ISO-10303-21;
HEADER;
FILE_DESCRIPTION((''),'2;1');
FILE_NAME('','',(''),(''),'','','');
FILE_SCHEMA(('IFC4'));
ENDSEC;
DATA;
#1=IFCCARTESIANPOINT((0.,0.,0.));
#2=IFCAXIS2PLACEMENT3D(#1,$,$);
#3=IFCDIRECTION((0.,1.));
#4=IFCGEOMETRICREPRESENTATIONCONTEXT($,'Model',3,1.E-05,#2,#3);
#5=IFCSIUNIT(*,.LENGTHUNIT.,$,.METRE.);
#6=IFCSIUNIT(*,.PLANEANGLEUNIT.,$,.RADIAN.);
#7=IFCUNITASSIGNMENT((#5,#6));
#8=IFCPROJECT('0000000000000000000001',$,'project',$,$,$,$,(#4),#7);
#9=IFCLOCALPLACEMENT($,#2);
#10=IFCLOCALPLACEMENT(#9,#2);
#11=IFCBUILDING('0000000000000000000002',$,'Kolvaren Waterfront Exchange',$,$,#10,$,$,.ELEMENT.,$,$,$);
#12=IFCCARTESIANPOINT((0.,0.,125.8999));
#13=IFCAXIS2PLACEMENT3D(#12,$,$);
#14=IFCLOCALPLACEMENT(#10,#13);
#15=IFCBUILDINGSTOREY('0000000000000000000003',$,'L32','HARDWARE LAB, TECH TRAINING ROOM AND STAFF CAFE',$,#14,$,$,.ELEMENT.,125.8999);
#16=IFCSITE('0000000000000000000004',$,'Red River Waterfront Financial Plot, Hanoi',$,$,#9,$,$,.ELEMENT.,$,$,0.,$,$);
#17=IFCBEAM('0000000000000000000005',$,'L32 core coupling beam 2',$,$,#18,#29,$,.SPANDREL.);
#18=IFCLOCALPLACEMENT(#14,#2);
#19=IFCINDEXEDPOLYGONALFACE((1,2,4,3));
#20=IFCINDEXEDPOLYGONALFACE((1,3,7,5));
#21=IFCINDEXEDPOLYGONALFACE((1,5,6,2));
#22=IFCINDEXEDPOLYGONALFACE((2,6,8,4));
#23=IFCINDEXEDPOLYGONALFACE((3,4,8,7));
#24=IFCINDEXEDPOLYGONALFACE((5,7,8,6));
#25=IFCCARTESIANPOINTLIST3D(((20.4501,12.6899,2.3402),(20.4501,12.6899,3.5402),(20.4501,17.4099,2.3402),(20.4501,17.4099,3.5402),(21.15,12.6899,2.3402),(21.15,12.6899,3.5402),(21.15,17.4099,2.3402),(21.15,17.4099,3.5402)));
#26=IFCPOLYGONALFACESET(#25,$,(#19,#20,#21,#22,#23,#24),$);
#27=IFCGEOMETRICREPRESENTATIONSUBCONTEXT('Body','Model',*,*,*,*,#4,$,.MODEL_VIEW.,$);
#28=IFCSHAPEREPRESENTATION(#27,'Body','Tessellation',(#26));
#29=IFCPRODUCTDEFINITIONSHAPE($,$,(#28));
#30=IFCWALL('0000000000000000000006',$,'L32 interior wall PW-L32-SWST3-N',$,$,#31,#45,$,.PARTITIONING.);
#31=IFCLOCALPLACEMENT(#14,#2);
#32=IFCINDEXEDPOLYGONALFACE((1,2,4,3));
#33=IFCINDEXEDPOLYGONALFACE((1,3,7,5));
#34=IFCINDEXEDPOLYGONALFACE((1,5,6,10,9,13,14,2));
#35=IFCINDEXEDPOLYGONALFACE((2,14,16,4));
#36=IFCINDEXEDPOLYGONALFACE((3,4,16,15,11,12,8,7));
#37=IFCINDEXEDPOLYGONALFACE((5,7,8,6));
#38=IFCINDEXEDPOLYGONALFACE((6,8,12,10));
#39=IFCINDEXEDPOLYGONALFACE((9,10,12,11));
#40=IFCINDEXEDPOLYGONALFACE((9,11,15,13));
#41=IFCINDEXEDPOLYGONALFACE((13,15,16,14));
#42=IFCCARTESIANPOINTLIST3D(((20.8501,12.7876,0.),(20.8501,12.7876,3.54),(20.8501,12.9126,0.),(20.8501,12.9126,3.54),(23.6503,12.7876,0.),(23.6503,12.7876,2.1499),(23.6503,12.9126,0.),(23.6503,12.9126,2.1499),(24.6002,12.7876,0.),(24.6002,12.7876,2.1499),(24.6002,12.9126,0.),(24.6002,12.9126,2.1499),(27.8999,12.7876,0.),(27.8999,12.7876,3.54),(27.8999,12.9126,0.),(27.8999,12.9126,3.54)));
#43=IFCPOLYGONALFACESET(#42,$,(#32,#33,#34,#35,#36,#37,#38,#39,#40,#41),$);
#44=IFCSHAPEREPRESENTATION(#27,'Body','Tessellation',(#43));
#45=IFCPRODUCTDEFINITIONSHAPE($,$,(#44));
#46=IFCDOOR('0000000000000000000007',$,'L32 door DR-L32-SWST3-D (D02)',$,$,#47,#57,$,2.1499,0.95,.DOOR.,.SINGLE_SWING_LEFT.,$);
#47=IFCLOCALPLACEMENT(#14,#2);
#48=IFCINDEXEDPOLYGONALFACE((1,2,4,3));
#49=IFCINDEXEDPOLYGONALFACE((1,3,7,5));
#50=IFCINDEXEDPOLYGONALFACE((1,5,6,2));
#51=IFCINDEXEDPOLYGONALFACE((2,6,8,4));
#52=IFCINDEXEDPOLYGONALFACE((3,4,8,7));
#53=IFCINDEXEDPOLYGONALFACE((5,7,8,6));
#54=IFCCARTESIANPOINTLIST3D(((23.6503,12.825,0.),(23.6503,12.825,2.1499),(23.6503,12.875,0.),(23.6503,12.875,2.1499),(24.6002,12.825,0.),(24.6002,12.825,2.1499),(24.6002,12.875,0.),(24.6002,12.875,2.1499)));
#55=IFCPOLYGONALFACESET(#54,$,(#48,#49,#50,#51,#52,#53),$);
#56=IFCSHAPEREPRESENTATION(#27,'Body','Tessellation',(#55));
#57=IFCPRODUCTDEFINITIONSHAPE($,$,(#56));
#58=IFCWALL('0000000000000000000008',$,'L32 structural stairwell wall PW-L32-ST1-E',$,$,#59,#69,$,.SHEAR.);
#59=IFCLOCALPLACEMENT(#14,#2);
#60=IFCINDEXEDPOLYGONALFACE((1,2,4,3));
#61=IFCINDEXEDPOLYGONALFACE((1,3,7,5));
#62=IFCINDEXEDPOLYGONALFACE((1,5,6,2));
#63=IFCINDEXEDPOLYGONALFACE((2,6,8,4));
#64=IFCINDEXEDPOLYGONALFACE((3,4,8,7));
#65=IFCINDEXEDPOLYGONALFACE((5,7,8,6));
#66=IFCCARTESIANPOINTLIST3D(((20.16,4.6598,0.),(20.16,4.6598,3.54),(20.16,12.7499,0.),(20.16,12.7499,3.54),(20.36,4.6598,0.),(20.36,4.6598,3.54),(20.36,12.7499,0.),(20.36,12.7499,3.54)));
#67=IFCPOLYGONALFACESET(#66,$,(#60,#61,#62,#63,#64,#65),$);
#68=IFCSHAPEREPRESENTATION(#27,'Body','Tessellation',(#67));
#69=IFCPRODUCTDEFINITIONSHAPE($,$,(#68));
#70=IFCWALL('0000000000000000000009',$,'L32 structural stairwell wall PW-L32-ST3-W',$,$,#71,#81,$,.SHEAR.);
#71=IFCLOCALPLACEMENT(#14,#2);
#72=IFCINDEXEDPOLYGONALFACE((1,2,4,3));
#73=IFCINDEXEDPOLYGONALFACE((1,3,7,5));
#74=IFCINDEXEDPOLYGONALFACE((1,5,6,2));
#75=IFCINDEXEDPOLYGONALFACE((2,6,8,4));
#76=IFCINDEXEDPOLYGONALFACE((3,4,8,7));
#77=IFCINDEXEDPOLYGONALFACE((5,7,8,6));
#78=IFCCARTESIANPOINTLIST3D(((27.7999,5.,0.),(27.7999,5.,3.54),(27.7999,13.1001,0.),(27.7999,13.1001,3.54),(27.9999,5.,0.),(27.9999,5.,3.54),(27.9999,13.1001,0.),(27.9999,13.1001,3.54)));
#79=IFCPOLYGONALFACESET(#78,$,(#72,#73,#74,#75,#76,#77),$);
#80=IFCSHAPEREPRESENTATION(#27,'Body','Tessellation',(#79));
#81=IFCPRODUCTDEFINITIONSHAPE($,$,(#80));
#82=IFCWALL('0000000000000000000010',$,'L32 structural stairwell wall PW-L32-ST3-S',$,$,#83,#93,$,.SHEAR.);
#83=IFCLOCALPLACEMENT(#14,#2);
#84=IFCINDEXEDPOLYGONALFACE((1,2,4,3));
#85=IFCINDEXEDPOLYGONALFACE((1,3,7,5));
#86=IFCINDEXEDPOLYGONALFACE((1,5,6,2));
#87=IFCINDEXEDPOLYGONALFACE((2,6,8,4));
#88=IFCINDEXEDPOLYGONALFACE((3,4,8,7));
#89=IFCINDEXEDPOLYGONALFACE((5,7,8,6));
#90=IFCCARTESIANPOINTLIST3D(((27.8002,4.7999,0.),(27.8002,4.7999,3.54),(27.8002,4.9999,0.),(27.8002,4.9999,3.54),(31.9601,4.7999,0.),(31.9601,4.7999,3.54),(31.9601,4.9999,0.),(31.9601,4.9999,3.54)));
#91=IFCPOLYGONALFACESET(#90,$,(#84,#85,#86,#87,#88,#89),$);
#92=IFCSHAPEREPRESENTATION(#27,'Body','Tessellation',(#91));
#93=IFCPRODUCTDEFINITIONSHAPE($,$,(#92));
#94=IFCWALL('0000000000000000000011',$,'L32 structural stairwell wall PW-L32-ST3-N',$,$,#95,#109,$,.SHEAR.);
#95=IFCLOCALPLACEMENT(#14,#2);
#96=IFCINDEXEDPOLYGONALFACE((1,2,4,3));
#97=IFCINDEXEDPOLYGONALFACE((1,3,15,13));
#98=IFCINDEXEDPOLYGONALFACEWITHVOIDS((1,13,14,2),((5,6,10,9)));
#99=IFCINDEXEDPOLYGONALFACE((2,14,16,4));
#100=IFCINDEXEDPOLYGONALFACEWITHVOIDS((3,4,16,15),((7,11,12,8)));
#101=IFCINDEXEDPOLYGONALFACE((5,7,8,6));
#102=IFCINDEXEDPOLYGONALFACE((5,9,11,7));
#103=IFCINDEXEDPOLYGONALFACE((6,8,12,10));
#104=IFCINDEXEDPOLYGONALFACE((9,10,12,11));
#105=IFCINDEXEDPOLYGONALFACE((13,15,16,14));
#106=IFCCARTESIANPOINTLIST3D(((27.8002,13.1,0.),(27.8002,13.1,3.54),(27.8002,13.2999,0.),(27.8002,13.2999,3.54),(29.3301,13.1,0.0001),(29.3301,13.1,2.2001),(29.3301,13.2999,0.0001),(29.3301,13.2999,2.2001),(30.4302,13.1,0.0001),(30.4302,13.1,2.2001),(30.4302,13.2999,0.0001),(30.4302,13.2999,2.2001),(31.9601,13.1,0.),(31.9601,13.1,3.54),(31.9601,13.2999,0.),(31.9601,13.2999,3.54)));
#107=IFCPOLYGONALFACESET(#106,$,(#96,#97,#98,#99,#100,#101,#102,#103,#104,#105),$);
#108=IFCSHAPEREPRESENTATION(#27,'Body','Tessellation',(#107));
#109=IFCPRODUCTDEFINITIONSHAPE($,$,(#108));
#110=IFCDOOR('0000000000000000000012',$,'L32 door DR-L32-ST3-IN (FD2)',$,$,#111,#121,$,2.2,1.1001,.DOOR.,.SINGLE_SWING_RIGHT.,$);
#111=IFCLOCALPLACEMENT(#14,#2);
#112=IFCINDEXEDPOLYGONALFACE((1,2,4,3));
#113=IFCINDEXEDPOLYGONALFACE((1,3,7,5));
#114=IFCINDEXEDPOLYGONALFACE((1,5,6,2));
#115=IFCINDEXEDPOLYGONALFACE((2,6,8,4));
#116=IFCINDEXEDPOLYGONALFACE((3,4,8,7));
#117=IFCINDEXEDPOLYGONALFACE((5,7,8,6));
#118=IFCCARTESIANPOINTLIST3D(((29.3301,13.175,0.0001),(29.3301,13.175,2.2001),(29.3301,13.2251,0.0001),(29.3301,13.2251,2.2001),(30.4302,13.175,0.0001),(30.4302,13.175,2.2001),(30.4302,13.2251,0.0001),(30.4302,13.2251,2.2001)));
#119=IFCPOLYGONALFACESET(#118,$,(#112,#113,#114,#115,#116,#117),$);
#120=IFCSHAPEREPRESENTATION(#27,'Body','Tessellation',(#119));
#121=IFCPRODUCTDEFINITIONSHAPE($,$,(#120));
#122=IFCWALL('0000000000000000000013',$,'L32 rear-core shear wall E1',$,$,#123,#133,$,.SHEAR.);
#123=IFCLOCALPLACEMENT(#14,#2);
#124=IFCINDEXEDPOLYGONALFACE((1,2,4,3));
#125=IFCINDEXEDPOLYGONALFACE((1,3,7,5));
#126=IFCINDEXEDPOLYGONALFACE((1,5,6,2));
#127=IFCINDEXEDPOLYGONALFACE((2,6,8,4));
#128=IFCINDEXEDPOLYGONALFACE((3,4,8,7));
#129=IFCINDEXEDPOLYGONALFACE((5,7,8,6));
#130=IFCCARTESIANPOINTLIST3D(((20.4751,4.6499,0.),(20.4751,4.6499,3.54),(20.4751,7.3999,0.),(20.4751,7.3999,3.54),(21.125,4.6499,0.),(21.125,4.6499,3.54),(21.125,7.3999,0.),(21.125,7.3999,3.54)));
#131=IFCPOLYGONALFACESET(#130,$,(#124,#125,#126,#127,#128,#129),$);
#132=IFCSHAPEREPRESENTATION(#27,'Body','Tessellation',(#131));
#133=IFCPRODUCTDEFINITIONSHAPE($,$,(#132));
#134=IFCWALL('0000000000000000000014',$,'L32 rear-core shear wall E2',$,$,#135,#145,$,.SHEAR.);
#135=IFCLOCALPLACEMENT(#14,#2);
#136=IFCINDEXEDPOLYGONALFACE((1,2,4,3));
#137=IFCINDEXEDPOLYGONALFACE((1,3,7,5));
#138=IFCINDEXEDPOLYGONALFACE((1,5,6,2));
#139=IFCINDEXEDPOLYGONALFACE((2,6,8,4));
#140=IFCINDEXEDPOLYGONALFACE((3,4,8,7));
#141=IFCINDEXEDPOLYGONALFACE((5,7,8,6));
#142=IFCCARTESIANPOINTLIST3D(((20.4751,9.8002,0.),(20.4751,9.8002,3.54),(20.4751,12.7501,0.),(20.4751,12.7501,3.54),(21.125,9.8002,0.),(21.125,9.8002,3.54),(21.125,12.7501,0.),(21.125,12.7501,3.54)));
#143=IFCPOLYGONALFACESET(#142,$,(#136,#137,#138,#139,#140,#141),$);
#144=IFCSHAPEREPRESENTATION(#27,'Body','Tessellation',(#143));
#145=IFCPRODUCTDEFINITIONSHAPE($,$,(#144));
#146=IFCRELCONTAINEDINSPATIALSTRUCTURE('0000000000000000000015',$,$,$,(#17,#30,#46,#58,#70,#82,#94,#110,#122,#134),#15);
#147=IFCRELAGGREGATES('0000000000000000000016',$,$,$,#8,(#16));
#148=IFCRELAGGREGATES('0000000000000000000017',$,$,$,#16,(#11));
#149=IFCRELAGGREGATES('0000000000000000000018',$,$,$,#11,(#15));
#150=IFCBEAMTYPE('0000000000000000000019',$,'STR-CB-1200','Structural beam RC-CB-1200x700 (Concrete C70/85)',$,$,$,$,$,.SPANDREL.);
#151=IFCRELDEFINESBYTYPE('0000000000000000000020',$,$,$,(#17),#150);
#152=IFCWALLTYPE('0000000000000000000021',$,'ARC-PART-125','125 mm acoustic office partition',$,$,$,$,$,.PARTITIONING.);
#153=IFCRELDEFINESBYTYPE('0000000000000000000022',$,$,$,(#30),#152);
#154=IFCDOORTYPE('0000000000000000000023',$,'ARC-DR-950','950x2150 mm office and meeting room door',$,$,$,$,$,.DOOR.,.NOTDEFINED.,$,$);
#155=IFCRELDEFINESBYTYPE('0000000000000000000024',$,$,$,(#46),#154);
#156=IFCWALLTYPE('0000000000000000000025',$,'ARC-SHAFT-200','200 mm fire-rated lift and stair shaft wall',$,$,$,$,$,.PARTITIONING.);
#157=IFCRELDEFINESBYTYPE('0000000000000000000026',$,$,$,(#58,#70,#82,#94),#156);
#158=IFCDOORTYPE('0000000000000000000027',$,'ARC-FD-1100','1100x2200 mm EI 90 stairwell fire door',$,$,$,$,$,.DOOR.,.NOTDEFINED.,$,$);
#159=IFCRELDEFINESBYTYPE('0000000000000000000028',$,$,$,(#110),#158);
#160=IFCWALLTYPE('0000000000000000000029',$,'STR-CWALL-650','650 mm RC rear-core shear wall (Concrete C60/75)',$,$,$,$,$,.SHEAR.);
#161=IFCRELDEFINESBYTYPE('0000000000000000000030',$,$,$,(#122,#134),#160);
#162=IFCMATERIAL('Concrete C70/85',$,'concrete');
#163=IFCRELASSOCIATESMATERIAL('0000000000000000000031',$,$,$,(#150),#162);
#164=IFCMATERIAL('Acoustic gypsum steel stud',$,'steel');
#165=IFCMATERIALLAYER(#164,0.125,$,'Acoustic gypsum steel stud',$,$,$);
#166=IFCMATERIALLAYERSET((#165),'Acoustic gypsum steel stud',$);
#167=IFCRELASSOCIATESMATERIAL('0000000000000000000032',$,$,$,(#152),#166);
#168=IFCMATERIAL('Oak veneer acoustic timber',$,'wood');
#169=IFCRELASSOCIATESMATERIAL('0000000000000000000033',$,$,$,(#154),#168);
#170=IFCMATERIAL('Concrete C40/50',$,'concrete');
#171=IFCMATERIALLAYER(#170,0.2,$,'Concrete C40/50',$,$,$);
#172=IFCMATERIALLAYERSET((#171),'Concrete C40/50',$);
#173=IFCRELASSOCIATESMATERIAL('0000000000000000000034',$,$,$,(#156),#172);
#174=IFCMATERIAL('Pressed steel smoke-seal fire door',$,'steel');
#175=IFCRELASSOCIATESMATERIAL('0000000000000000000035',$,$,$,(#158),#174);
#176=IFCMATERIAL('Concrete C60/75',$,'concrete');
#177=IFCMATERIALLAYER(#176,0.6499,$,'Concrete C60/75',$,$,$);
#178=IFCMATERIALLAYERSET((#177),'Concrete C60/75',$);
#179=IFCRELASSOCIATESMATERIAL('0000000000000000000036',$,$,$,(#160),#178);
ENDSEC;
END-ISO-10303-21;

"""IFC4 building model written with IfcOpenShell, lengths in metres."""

from ifc_helpers import new_model, si_unit, direction, frame, frame_2d, origin, origin_2d, place, context, subcontext, project, spatial, rectangle, extrude, material, layer, layer_set, material_profile, profile_set, type_object, element, fill, save


model = new_model("IFC4")

# Units and contexts
model_context = context("Model", 3, precision=1e-05, world=origin(), true_north=direction((0.0, 1.0)))
body_context = subcontext(model_context, "Body", "Model", "MODEL_VIEW")
ifc_project = project(units=[si_unit("LENGTHUNIT", "METRE"), si_unit("PLANEANGLEUNIT", "RADIAN")], contexts=[model_context])

# Site, building, storey
site_placement = place(None, origin())
site = spatial("IfcSite", under=ifc_project, at=site_placement, Name="Red River Waterfront Financial Plot, Hanoi", CompositionType="ELEMENT", RefElevation=0.0)
building_placement = place(site_placement, origin())
building = spatial("IfcBuilding", under=site, at=building_placement, Name="Kolvaren Waterfront Exchange", CompositionType="ELEMENT")
storey_placement = place(building_placement, frame((0.0, 0.0, 125.8999)))
storey = spatial("IfcBuildingStorey", under=building, at=storey_placement, Name="L32", Description="HARDWARE LAB, TECH TRAINING ROOM AND STAFF CAFE", CompositionType="ELEMENT", Elevation=125.8999)

# Shared definitions
ifc_material_1 = material(Name="Concrete C60/75", Category="concrete")

# Beam
ifc_material_2 = material(Name="Concrete C70/85", Category="concrete")
ifc_material_profile_1 = material_profile(ifc_material_2, rectangle(XDim=0.7, YDim=1.2, at=origin_2d()), Name="RC-CB-1200x700")
ifc_profile_set_1 = profile_set([ifc_material_profile_1], Name="Concrete C70/85")
beam_type_1 = type_object("IfcBeamType", Name="STR-CB-1200", Description="Structural beam RC-CB-1200x700 (Concrete C70/85)", PredefinedType="SPANDREL", material=ifc_profile_set_1)
beam_1_placement = place(storey_placement, frame((20.8, 12.6899, 2.9402), z_axis=(0.0, 1.0, 0.0), x_axis=(-1.0, 0.0, 0.0)))
element("IfcBeam", 1, at=beam_1_placement, inside=storey, type_object=beam_type_1, Name="L32 core coupling beam 2", PredefinedType="SPANDREL", context=body_context, shape_type="SweptSolid", body=[
    extrude(rectangle(XDim=0.7, YDim=1.2, at=origin_2d()), origin(), (0.0, 0.0, 1.0), 4.72),
])

# Wall, opening, door
ifc_material_3 = material(Name="Acoustic gypsum steel stud", Category="steel")
ifc_layer_1 = layer(ifc_material_3, 0.125, Name="Acoustic gypsum steel stud")
ifc_layer_set_1 = layer_set([ifc_layer_1], Name="Acoustic gypsum steel stud")
wall_type_1 = type_object("IfcWallType", Name="ARC-PART-125", Description="125 mm acoustic office partition", PredefinedType="PARTITIONING", material=ifc_layer_set_1)
wall_1_placement = place(storey_placement, frame((20.8501, 12.8501, 0.0), z_axis=(0.0, 0.0, 1.0), x_axis=(1.0, 0.0, 0.0)))
wall_1 = element("IfcWall", 2, at=wall_1_placement, inside=storey, type_object=wall_type_1, Name="L32 interior wall PW-L32-SWST3-N", PredefinedType="PARTITIONING", context=body_context, shape_type="SweptSolid", body=[
    extrude(rectangle(XDim=7.0498, YDim=0.125, at=frame_2d((3.5249, 0.0))), origin(), (0.0, 0.0, 1.0), 3.54),
])
opening_1_placement = place(wall_1_placement, frame((2.8, 0.0, 0.0)))
opening_1 = element("IfcOpeningElement", 3, at=opening_1_placement, cuts=wall_1, PredefinedType="OPENING", context=body_context, shape_type="SweptSolid", body=[
    extrude(rectangle(XDim=0.95, YDim=2.1499, at=frame_2d((0.4751, 1.075))), frame((0.0, 0.0725, 0.0), z_axis=(0.0, -1.0, 0.0), x_axis=(1.0, 0.0, 0.0)), (0.0, 0.0, 1.0), 0.145),
])
ifc_material_4 = material(Name="Oak veneer acoustic timber", Category="wood")
door_type_1 = type_object("IfcDoorType", Name="ARC-DR-950", Description="950x2150 mm office and meeting room door", OperationType="NOTDEFINED", PredefinedType="DOOR", material=ifc_material_4)
door_1_placement = place(opening_1_placement, origin())
door_1 = element("IfcDoor", 4, at=door_1_placement, inside=storey, type_object=door_type_1, Name="L32 door DR-L32-SWST3-D (D02)", OperationType="SINGLE_SWING_LEFT", OverallHeight=2.1499, OverallWidth=0.95, PredefinedType="DOOR", context=body_context, shape_type="SweptSolid", body=[
    extrude(rectangle(XDim=0.95, YDim=2.1499, at=frame_2d((0.4751, 1.075))), frame((0.0, 0.0249, 0.0), z_axis=(0.0, -1.0, 0.0), x_axis=(1.0, 0.0, 0.0)), (0.0, 0.0, 1.0), 0.05),
])
fill(opening_1, door_1)

# Walls
ifc_material_5 = material(Name="Concrete C40/50", Category="concrete")
ifc_layer_2 = layer(ifc_material_5, 0.2, Name="Concrete C40/50")
ifc_layer_set_2 = layer_set([ifc_layer_2], Name="Concrete C40/50")
wall_type_2 = type_object("IfcWallType", Name="ARC-SHAFT-200", Description="200 mm fire-rated lift and stair shaft wall", PredefinedType="PARTITIONING", material=ifc_layer_set_2)
wall_2_placement = place(storey_placement, frame((20.26, 4.6599, 0.0), z_axis=(0.0, 0.0, 1.0), x_axis=(0.0, 1.0, 0.0)))
element("IfcWall", 5, at=wall_2_placement, inside=storey, type_object=wall_type_2, Name="L32 structural stairwell wall PW-L32-ST1-E", PredefinedType="SHEAR", context=body_context, shape_type="SweptSolid", body=[
    extrude(rectangle(XDim=8.0901, YDim=0.2, at=frame_2d((4.0449, 0.0))), origin(), (0.0, 0.0, 1.0), 3.54),
])
wall_3_placement = place(storey_placement, frame((27.8999, 5.0, 0.0), z_axis=(0.0, 0.0, 1.0), x_axis=(0.0, 1.0, 0.0)))
element("IfcWall", 6, at=wall_3_placement, inside=storey, type_object=wall_type_2, Name="L32 structural stairwell wall PW-L32-ST3-W", PredefinedType="SHEAR", context=body_context, shape_type="SweptSolid", body=[
    extrude(rectangle(XDim=8.1001, YDim=0.2, at=frame_2d((4.05, 0.0))), origin(), (0.0, 0.0, 1.0), 3.54),
])
wall_4_placement = place(storey_placement, frame((27.8, 4.8999, 0.0), z_axis=(0.0, 0.0, 1.0), x_axis=(1.0, 0.0, 0.0)))
element("IfcWall", 7, at=wall_4_placement, inside=storey, type_object=wall_type_2, Name="L32 structural stairwell wall PW-L32-ST3-S", PredefinedType="SHEAR", context=body_context, shape_type="SweptSolid", body=[
    extrude(rectangle(XDim=4.1599, YDim=0.2, at=frame_2d((2.0801, 0.0))), origin(), (0.0, 0.0, 1.0), 3.54),
])

# Wall, opening, door
wall_5_placement = place(storey_placement, frame((27.8, 13.2, 0.0), z_axis=(0.0, 0.0, 1.0), x_axis=(1.0, 0.0, 0.0)))
wall_5 = element("IfcWall", 8, at=wall_5_placement, inside=storey, type_object=wall_type_2, Name="L32 structural stairwell wall PW-L32-ST3-N", PredefinedType="SHEAR", context=body_context, shape_type="SweptSolid", body=[
    extrude(rectangle(XDim=4.1599, YDim=0.2, at=frame_2d((2.0801, 0.0))), origin(), (0.0, 0.0, 1.0), 3.54),
])
opening_2_placement = place(wall_5_placement, frame((1.53, 0.0, 0.0)))
opening_2 = element("IfcOpeningElement", 9, at=opening_2_placement, cuts=wall_5, PredefinedType="OPENING", context=body_context, shape_type="SweptSolid", body=[
    extrude(rectangle(XDim=1.1001, YDim=2.2, at=frame_2d((0.55, 1.1001))), frame((0.0, 0.1099, 0.0), z_axis=(0.0, -1.0, 0.0), x_axis=(1.0, 0.0, 0.0)), (0.0, 0.0, 1.0), 0.22),
])
ifc_material_6 = material(Name="Pressed steel smoke-seal fire door", Category="steel")
door_type_2 = type_object("IfcDoorType", Name="ARC-FD-1100", Description="1100x2200 mm EI 90 stairwell fire door", OperationType="NOTDEFINED", PredefinedType="DOOR", material=ifc_material_6)
door_2_placement = place(opening_2_placement, frame((1.1001, 0.0, 0.0), z_axis=(0.0, 0.0, 1.0), x_axis=(-1.0, 0.0, 0.0)))
door_2 = element("IfcDoor", 10, at=door_2_placement, inside=storey, type_object=door_type_2, Name="L32 door DR-L32-ST3-IN (FD2)", OperationType="SINGLE_SWING_RIGHT", OverallHeight=2.2, OverallWidth=1.1001, PredefinedType="DOOR", context=body_context, shape_type="SweptSolid", body=[
    extrude(rectangle(XDim=1.1001, YDim=2.2, at=frame_2d((0.55, 1.1001))), frame((0.0, 0.0249, 0.0), z_axis=(0.0, -1.0, 0.0), x_axis=(1.0, 0.0, 0.0)), (0.0, 0.0, 1.0), 0.05),
])
fill(opening_2, door_2)

# Walls
ifc_layer_3 = layer(ifc_material_1, 0.6499, Name="Concrete C60/75")
ifc_layer_set_3 = layer_set([ifc_layer_3], Name="Concrete C60/75")
wall_type_3 = type_object("IfcWallType", Name="STR-CWALL-650", Description="650 mm RC rear-core shear wall (Concrete C60/75)", PredefinedType="SHEAR", material=ifc_layer_set_3)
wall_6_placement = place(storey_placement, frame((20.8, 4.6499, 0.0), z_axis=(0.0, 0.0, 1.0), x_axis=(0.0, 1.0, 0.0)))
element("IfcWall", 11, at=wall_6_placement, inside=storey, type_object=wall_type_3, Name="L32 rear-core shear wall E1", PredefinedType="SHEAR", context=body_context, shape_type="SweptSolid", body=[
    extrude(rectangle(XDim=2.75, YDim=0.6499, at=frame_2d((1.375, 0.0))), origin(), (0.0, 0.0, 1.0), 3.54),
])
wall_7_placement = place(storey_placement, frame((20.8, 9.8, 0.0), z_axis=(0.0, 0.0, 1.0), x_axis=(0.0, 1.0, 0.0)))
element("IfcWall", 12, at=wall_7_placement, inside=storey, type_object=wall_type_3, Name="L32 rear-core shear wall E2", PredefinedType="SHEAR", context=body_context, shape_type="SweptSolid", body=[
    extrude(rectangle(XDim=2.95, YDim=0.6499, at=frame_2d((1.4751, 0.0))), origin(), (0.0, 0.0, 1.0), 3.54),
])

save(model, "model.ifc")
